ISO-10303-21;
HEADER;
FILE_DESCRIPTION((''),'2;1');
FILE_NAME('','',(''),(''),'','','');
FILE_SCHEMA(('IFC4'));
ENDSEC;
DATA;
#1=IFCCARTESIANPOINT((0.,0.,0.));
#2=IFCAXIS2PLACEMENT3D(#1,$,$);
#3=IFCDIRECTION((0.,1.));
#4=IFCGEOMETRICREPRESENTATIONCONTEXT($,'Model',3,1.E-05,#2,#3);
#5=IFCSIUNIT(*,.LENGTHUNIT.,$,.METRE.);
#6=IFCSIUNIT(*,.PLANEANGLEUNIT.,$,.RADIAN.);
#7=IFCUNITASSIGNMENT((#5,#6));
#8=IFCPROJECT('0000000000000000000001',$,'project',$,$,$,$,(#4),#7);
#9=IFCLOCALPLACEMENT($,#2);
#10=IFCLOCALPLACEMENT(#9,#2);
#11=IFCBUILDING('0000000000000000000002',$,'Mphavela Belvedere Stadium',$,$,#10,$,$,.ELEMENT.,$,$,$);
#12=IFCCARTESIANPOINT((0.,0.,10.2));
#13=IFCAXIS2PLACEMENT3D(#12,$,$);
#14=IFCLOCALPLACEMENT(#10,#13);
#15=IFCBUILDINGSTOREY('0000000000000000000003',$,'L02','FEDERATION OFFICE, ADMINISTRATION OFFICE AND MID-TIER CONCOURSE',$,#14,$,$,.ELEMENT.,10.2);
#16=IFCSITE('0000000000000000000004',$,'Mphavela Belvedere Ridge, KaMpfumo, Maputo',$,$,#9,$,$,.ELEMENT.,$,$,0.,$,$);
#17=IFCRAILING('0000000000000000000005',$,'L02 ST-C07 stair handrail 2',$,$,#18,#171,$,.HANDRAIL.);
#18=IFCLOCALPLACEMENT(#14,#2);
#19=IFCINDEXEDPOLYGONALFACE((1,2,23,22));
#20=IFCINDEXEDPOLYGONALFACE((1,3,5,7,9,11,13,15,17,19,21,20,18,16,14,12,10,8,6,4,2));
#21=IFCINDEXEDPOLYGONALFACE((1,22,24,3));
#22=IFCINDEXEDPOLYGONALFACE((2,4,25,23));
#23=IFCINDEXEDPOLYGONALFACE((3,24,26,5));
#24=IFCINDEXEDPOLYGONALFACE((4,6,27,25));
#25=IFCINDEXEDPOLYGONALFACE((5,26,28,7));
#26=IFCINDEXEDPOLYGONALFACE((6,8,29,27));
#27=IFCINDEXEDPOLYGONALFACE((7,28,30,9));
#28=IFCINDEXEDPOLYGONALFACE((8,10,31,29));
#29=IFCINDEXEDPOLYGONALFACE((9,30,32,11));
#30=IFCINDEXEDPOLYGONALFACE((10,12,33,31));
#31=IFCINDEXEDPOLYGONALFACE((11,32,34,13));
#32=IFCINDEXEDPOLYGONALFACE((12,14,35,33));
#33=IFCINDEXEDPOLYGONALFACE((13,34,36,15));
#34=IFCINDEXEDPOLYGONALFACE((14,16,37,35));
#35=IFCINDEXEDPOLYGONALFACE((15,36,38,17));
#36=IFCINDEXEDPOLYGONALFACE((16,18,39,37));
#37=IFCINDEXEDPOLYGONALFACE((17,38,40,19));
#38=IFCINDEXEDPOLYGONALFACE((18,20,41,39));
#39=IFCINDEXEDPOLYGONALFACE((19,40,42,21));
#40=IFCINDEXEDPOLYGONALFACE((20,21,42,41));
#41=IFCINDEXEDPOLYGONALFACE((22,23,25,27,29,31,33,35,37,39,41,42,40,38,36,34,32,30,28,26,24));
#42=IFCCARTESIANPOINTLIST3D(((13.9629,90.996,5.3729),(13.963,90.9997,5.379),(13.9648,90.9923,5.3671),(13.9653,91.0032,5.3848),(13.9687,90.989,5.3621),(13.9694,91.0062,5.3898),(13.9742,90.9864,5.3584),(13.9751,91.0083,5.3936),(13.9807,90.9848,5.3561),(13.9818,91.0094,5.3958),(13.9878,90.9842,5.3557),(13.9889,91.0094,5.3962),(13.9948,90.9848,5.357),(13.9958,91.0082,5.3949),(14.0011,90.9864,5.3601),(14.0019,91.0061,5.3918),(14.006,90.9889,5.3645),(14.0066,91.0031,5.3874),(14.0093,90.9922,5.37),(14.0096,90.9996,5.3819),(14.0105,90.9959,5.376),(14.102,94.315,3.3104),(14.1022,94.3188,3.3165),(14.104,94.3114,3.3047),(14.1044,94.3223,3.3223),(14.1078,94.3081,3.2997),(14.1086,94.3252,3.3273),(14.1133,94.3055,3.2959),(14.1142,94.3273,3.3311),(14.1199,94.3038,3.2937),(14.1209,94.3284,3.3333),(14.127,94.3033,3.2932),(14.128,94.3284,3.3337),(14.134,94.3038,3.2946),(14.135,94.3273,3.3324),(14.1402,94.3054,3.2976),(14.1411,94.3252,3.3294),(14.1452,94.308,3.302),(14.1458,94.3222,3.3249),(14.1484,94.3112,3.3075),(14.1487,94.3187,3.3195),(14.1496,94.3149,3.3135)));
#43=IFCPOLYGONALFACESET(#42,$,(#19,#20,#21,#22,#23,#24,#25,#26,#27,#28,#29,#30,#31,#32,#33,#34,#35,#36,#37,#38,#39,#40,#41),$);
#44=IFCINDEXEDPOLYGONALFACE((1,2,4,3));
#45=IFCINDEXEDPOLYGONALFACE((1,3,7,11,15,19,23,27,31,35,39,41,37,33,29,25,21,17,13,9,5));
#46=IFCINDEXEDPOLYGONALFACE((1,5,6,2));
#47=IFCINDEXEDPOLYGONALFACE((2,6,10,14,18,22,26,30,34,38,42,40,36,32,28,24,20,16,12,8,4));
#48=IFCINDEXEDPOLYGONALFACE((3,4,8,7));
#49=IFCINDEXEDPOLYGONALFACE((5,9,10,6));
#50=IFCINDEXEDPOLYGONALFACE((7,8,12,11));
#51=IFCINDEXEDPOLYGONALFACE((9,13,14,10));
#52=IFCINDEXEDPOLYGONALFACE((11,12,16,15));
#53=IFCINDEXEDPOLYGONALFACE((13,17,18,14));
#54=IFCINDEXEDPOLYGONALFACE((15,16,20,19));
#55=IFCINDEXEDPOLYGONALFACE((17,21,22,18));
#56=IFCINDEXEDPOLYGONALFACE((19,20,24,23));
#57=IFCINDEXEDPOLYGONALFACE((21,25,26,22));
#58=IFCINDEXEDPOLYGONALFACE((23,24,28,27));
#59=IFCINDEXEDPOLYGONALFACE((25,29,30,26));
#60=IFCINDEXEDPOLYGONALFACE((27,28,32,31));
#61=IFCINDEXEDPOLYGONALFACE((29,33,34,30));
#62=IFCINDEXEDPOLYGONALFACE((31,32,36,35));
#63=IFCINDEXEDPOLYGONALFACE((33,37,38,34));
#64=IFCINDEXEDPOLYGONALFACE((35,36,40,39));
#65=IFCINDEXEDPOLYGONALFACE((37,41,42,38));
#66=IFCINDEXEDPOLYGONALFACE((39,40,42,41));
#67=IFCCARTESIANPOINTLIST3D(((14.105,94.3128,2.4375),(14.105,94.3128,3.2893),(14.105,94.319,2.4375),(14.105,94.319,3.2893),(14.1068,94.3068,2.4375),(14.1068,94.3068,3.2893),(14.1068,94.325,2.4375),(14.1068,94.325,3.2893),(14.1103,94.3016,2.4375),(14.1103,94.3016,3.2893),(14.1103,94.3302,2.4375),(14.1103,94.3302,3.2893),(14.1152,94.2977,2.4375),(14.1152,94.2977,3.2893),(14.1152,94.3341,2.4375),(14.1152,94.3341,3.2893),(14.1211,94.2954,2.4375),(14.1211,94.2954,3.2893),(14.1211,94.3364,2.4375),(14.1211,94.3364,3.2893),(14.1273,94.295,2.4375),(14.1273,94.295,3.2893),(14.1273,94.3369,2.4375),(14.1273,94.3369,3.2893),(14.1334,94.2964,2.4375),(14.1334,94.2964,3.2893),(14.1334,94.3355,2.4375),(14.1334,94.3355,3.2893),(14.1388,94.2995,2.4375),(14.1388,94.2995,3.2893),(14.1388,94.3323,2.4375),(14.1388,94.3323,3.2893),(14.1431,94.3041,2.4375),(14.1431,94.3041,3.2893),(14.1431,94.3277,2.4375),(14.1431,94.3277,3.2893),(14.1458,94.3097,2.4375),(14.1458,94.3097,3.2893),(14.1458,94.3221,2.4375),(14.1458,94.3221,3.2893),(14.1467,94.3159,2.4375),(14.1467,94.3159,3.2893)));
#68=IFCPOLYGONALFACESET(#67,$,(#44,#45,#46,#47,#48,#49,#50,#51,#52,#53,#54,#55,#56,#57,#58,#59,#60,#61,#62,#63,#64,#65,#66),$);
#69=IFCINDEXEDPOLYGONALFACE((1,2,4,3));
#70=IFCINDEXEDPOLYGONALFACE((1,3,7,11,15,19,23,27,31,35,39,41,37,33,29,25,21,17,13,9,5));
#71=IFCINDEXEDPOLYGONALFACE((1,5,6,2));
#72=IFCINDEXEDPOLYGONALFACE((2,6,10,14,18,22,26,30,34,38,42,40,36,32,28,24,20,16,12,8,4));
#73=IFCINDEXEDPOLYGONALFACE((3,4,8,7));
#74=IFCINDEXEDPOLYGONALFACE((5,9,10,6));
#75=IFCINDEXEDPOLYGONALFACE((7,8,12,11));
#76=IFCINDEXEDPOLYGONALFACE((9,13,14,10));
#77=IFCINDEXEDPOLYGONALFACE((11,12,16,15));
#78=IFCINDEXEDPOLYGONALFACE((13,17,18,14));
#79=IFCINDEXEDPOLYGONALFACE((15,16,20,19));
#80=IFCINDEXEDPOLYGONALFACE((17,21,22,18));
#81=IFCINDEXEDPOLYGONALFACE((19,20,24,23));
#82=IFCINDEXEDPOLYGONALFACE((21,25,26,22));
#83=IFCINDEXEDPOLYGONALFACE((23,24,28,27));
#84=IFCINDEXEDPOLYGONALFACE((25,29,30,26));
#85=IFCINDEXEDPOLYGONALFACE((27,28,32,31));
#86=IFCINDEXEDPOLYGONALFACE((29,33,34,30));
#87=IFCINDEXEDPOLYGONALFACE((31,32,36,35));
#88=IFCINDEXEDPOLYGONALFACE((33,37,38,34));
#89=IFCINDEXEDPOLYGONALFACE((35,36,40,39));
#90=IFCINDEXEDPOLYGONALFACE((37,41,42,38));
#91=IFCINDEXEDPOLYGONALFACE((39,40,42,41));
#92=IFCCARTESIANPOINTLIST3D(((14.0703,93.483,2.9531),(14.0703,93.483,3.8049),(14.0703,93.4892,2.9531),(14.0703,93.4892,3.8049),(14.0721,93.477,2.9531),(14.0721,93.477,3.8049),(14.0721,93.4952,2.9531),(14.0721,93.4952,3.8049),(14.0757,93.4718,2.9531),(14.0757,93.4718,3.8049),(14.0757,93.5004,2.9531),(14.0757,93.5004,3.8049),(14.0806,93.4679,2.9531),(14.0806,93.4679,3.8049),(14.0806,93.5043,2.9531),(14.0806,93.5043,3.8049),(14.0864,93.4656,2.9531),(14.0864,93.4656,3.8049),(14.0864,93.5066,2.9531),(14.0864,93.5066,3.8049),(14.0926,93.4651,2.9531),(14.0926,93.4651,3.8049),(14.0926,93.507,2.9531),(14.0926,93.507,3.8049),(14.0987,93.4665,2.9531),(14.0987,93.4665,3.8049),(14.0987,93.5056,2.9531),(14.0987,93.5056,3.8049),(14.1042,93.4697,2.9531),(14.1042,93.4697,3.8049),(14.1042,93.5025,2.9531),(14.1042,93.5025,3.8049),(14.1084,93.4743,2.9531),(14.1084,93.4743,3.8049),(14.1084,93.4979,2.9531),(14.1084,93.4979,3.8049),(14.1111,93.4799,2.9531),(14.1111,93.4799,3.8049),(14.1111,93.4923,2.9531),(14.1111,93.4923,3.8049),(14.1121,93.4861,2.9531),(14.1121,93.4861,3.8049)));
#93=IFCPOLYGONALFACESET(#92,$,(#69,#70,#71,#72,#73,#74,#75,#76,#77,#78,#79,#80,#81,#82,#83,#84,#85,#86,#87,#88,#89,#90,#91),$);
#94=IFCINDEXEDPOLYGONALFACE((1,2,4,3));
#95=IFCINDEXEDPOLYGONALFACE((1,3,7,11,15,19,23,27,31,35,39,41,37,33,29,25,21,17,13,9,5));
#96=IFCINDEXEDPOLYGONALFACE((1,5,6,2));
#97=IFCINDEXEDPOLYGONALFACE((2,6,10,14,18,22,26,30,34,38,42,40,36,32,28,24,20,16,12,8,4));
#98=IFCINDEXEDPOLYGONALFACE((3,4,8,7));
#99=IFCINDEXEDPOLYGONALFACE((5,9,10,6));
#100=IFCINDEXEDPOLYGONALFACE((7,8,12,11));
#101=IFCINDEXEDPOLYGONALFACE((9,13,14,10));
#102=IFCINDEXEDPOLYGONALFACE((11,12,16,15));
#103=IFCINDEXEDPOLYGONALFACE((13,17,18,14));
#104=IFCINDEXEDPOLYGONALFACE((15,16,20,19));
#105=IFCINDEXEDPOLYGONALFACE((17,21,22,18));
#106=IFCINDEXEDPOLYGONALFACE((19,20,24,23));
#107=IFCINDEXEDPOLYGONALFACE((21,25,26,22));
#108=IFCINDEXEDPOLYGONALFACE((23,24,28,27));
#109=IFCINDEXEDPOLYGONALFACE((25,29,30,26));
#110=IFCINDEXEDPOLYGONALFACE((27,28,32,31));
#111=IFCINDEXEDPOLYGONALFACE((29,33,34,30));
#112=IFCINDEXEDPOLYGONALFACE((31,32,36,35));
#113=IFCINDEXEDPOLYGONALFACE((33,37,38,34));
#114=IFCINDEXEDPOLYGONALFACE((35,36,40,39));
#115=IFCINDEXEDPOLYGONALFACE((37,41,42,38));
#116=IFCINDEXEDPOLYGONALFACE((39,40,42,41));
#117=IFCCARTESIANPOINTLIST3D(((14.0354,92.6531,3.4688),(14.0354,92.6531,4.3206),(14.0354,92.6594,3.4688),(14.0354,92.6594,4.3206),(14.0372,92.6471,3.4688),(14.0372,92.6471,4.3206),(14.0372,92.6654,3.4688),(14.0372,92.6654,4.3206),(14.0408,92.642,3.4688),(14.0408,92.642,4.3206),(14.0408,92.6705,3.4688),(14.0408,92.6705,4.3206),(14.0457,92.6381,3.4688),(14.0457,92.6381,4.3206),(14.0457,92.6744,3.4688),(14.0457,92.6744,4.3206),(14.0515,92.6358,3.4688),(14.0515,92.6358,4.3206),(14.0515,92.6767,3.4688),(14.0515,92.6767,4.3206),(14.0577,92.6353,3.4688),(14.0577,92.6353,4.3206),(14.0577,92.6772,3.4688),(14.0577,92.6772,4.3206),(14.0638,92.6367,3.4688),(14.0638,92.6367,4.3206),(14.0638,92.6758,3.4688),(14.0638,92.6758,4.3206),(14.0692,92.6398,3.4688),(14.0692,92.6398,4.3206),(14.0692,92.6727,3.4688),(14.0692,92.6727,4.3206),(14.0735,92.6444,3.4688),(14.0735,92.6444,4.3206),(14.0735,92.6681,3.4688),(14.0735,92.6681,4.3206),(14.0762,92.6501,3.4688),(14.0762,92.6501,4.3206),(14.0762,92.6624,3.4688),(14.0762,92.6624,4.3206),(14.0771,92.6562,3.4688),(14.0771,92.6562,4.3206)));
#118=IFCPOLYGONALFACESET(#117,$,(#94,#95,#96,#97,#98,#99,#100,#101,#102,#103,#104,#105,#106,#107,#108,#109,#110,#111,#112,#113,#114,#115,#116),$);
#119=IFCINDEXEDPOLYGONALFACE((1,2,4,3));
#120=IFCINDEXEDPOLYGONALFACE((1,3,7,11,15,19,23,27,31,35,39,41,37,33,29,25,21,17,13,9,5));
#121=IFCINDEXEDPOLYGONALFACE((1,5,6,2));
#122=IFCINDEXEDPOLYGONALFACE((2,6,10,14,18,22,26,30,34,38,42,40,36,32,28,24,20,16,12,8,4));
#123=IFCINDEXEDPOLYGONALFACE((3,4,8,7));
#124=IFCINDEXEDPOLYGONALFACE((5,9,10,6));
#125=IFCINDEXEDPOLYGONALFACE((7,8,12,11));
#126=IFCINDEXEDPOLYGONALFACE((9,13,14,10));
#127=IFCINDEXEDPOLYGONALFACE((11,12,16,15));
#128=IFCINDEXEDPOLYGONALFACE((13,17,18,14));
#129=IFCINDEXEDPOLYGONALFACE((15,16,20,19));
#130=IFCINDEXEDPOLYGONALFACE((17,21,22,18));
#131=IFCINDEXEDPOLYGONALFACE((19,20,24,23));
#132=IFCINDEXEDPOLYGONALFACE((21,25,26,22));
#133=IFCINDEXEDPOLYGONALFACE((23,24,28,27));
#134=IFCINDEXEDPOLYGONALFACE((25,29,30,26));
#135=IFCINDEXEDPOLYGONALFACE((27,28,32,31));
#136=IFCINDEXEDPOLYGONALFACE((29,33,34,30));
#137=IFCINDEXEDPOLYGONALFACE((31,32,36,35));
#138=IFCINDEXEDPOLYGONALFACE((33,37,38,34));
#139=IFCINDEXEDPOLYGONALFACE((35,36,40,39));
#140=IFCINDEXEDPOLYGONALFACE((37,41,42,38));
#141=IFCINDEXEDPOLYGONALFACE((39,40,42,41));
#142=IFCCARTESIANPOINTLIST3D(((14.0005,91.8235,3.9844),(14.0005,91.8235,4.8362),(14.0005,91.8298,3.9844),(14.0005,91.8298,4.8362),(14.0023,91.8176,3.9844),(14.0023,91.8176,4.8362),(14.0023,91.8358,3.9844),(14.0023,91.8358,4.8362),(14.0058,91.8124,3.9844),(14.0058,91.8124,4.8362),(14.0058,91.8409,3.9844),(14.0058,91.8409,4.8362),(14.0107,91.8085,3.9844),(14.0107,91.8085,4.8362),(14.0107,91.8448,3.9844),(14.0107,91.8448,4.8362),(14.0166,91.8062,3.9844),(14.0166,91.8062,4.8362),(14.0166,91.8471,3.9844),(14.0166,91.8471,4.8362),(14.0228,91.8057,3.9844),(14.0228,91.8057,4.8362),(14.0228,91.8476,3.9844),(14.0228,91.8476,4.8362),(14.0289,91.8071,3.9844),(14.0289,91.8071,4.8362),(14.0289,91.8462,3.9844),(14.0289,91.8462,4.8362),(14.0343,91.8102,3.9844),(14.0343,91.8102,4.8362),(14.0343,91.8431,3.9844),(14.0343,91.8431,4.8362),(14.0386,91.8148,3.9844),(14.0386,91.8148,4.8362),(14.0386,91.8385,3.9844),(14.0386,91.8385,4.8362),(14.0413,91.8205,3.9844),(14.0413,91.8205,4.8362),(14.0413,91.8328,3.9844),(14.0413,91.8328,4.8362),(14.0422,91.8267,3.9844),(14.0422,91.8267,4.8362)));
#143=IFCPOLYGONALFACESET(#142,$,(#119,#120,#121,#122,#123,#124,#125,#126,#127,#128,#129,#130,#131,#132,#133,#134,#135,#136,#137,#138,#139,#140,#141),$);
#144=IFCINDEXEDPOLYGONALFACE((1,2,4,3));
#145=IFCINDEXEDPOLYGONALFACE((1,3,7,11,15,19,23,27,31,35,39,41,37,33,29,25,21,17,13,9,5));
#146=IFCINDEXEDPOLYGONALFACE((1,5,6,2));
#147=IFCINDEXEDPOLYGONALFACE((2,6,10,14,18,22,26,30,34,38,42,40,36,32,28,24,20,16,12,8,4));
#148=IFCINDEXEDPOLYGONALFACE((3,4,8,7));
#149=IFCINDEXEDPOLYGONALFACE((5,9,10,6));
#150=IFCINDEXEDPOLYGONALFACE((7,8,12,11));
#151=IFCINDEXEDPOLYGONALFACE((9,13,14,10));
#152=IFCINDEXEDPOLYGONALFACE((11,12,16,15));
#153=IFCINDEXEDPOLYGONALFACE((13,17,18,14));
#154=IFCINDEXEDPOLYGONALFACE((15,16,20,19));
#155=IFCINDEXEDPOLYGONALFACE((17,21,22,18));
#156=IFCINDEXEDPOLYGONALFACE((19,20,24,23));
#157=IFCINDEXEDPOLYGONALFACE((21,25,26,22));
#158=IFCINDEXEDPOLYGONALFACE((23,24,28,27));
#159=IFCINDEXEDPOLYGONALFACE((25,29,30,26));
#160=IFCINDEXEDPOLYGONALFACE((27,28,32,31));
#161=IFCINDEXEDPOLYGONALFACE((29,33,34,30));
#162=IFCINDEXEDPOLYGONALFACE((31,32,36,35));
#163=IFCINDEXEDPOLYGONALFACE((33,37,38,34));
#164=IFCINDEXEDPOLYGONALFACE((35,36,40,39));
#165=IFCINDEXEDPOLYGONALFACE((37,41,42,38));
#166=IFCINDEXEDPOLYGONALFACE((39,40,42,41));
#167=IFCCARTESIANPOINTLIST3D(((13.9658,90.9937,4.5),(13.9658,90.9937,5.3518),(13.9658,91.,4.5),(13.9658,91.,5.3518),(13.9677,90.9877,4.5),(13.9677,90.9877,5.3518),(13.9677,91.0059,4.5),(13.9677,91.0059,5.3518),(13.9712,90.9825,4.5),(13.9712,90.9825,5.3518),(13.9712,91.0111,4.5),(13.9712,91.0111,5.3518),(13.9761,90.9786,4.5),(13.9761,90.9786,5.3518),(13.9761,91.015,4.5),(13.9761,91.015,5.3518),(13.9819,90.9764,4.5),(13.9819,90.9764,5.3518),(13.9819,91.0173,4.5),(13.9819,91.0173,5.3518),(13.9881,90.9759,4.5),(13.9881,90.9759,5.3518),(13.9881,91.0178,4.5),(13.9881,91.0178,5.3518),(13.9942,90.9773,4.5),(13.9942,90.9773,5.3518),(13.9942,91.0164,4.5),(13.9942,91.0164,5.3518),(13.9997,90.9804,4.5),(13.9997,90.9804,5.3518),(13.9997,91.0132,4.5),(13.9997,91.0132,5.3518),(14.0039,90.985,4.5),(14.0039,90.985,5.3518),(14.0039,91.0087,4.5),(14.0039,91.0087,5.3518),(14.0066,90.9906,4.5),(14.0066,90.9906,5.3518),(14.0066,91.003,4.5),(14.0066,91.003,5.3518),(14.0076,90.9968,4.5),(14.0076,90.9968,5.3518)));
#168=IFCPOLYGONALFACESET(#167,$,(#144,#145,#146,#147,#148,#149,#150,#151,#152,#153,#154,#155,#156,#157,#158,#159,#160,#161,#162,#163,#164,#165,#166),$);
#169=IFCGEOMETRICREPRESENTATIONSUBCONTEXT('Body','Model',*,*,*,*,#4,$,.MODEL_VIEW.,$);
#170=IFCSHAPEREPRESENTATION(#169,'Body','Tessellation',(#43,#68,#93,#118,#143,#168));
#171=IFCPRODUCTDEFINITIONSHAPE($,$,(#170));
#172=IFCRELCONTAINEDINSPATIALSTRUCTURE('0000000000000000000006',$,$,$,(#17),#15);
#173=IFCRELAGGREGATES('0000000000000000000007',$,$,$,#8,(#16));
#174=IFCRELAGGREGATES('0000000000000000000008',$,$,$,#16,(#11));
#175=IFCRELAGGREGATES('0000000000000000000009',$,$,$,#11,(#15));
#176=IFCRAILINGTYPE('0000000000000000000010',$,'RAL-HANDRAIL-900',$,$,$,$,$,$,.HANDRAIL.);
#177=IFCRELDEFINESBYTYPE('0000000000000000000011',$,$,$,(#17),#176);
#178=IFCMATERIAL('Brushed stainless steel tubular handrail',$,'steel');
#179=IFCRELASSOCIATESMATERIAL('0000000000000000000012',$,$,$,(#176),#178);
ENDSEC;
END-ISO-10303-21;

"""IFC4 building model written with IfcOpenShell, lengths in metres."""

from ifc_helpers import new_model, si_unit, direction, frame, origin, origin_2d, place, context, subcontext, project, spatial, circle, extrude, material, type_object, element, save


model = new_model("IFC4")

# Units and contexts
model_context = context("Model", 3, precision=1e-05, world=origin(), true_north=direction((0.0, 1.0)))
body_context = subcontext(model_context, "Body", "Model", "MODEL_VIEW")
ifc_project = project(units=[si_unit("LENGTHUNIT", "METRE"), si_unit("PLANEANGLEUNIT", "RADIAN")], contexts=[model_context])

# Site, building, storey
site_placement = place(None, origin())
site = spatial("IfcSite", under=ifc_project, at=site_placement, Name="Mphavela Belvedere Ridge, KaMpfumo, Maputo", CompositionType="ELEMENT", RefElevation=0.0)
building_placement = place(site_placement, origin())
building = spatial("IfcBuilding", under=site, at=building_placement, Name="Mphavela Belvedere Stadium", CompositionType="ELEMENT")
storey_placement = place(building_placement, frame((0.0, 0.0, 10.2)))
storey = spatial("IfcBuildingStorey", under=building, at=storey_placement, Name="L02", Description="FEDERATION OFFICE, ADMINISTRATION OFFICE AND MID-TIER CONCOURSE", CompositionType="ELEMENT", Elevation=10.2)

# Railing
ifc_material_1 = material(Name="Brushed stainless steel tubular handrail", Category="steel")
railing_type_1 = type_object("IfcRailingType", Name="RAL-HANDRAIL-900", PredefinedType="HANDRAIL", material=ifc_material_1)
railing_1_placement = place(storey_placement, frame((14.1257, 94.3159, 2.4375)))
element("IfcRailing", 1, at=railing_1_placement, inside=storey, type_object=railing_type_1, Name="L02 ST-C07 stair handrail 2", PredefinedType="HANDRAIL", context=body_context, shape_type="SweptSolid", body=[
    extrude(circle(Radius=0.0239, at=origin_2d()), frame((0.0, 0.0, 0.876), z_axis=(-0.035589, -0.84883, 0.527467), x_axis=(0.999122, -0.04189, 0.0)), (0.0, 0.0, 1.0), 3.9102),
    extrude(circle(Radius=0.021, at=origin_2d()), origin(), (0.0, 0.0, 1.0), 0.8518),
    extrude(circle(Radius=0.021, at=origin_2d()), frame((-0.0347, -0.8298, 0.5156)), (0.0, 0.0, 1.0), 0.8518),
    extrude(circle(Radius=0.021, at=origin_2d()), frame((-0.0696, -1.6597, 1.0312)), (0.0, 0.0, 1.0), 0.8518),
    extrude(circle(Radius=0.021, at=origin_2d()), frame((-0.1045, -2.4893, 1.5469)), (0.0, 0.0, 1.0), 0.8518),
    extrude(circle(Radius=0.021, at=origin_2d()), frame((-0.1392, -3.3191, 2.0625)), (0.0, 0.0, 1.0), 0.8518),
])

save(model, "model.ifc")
